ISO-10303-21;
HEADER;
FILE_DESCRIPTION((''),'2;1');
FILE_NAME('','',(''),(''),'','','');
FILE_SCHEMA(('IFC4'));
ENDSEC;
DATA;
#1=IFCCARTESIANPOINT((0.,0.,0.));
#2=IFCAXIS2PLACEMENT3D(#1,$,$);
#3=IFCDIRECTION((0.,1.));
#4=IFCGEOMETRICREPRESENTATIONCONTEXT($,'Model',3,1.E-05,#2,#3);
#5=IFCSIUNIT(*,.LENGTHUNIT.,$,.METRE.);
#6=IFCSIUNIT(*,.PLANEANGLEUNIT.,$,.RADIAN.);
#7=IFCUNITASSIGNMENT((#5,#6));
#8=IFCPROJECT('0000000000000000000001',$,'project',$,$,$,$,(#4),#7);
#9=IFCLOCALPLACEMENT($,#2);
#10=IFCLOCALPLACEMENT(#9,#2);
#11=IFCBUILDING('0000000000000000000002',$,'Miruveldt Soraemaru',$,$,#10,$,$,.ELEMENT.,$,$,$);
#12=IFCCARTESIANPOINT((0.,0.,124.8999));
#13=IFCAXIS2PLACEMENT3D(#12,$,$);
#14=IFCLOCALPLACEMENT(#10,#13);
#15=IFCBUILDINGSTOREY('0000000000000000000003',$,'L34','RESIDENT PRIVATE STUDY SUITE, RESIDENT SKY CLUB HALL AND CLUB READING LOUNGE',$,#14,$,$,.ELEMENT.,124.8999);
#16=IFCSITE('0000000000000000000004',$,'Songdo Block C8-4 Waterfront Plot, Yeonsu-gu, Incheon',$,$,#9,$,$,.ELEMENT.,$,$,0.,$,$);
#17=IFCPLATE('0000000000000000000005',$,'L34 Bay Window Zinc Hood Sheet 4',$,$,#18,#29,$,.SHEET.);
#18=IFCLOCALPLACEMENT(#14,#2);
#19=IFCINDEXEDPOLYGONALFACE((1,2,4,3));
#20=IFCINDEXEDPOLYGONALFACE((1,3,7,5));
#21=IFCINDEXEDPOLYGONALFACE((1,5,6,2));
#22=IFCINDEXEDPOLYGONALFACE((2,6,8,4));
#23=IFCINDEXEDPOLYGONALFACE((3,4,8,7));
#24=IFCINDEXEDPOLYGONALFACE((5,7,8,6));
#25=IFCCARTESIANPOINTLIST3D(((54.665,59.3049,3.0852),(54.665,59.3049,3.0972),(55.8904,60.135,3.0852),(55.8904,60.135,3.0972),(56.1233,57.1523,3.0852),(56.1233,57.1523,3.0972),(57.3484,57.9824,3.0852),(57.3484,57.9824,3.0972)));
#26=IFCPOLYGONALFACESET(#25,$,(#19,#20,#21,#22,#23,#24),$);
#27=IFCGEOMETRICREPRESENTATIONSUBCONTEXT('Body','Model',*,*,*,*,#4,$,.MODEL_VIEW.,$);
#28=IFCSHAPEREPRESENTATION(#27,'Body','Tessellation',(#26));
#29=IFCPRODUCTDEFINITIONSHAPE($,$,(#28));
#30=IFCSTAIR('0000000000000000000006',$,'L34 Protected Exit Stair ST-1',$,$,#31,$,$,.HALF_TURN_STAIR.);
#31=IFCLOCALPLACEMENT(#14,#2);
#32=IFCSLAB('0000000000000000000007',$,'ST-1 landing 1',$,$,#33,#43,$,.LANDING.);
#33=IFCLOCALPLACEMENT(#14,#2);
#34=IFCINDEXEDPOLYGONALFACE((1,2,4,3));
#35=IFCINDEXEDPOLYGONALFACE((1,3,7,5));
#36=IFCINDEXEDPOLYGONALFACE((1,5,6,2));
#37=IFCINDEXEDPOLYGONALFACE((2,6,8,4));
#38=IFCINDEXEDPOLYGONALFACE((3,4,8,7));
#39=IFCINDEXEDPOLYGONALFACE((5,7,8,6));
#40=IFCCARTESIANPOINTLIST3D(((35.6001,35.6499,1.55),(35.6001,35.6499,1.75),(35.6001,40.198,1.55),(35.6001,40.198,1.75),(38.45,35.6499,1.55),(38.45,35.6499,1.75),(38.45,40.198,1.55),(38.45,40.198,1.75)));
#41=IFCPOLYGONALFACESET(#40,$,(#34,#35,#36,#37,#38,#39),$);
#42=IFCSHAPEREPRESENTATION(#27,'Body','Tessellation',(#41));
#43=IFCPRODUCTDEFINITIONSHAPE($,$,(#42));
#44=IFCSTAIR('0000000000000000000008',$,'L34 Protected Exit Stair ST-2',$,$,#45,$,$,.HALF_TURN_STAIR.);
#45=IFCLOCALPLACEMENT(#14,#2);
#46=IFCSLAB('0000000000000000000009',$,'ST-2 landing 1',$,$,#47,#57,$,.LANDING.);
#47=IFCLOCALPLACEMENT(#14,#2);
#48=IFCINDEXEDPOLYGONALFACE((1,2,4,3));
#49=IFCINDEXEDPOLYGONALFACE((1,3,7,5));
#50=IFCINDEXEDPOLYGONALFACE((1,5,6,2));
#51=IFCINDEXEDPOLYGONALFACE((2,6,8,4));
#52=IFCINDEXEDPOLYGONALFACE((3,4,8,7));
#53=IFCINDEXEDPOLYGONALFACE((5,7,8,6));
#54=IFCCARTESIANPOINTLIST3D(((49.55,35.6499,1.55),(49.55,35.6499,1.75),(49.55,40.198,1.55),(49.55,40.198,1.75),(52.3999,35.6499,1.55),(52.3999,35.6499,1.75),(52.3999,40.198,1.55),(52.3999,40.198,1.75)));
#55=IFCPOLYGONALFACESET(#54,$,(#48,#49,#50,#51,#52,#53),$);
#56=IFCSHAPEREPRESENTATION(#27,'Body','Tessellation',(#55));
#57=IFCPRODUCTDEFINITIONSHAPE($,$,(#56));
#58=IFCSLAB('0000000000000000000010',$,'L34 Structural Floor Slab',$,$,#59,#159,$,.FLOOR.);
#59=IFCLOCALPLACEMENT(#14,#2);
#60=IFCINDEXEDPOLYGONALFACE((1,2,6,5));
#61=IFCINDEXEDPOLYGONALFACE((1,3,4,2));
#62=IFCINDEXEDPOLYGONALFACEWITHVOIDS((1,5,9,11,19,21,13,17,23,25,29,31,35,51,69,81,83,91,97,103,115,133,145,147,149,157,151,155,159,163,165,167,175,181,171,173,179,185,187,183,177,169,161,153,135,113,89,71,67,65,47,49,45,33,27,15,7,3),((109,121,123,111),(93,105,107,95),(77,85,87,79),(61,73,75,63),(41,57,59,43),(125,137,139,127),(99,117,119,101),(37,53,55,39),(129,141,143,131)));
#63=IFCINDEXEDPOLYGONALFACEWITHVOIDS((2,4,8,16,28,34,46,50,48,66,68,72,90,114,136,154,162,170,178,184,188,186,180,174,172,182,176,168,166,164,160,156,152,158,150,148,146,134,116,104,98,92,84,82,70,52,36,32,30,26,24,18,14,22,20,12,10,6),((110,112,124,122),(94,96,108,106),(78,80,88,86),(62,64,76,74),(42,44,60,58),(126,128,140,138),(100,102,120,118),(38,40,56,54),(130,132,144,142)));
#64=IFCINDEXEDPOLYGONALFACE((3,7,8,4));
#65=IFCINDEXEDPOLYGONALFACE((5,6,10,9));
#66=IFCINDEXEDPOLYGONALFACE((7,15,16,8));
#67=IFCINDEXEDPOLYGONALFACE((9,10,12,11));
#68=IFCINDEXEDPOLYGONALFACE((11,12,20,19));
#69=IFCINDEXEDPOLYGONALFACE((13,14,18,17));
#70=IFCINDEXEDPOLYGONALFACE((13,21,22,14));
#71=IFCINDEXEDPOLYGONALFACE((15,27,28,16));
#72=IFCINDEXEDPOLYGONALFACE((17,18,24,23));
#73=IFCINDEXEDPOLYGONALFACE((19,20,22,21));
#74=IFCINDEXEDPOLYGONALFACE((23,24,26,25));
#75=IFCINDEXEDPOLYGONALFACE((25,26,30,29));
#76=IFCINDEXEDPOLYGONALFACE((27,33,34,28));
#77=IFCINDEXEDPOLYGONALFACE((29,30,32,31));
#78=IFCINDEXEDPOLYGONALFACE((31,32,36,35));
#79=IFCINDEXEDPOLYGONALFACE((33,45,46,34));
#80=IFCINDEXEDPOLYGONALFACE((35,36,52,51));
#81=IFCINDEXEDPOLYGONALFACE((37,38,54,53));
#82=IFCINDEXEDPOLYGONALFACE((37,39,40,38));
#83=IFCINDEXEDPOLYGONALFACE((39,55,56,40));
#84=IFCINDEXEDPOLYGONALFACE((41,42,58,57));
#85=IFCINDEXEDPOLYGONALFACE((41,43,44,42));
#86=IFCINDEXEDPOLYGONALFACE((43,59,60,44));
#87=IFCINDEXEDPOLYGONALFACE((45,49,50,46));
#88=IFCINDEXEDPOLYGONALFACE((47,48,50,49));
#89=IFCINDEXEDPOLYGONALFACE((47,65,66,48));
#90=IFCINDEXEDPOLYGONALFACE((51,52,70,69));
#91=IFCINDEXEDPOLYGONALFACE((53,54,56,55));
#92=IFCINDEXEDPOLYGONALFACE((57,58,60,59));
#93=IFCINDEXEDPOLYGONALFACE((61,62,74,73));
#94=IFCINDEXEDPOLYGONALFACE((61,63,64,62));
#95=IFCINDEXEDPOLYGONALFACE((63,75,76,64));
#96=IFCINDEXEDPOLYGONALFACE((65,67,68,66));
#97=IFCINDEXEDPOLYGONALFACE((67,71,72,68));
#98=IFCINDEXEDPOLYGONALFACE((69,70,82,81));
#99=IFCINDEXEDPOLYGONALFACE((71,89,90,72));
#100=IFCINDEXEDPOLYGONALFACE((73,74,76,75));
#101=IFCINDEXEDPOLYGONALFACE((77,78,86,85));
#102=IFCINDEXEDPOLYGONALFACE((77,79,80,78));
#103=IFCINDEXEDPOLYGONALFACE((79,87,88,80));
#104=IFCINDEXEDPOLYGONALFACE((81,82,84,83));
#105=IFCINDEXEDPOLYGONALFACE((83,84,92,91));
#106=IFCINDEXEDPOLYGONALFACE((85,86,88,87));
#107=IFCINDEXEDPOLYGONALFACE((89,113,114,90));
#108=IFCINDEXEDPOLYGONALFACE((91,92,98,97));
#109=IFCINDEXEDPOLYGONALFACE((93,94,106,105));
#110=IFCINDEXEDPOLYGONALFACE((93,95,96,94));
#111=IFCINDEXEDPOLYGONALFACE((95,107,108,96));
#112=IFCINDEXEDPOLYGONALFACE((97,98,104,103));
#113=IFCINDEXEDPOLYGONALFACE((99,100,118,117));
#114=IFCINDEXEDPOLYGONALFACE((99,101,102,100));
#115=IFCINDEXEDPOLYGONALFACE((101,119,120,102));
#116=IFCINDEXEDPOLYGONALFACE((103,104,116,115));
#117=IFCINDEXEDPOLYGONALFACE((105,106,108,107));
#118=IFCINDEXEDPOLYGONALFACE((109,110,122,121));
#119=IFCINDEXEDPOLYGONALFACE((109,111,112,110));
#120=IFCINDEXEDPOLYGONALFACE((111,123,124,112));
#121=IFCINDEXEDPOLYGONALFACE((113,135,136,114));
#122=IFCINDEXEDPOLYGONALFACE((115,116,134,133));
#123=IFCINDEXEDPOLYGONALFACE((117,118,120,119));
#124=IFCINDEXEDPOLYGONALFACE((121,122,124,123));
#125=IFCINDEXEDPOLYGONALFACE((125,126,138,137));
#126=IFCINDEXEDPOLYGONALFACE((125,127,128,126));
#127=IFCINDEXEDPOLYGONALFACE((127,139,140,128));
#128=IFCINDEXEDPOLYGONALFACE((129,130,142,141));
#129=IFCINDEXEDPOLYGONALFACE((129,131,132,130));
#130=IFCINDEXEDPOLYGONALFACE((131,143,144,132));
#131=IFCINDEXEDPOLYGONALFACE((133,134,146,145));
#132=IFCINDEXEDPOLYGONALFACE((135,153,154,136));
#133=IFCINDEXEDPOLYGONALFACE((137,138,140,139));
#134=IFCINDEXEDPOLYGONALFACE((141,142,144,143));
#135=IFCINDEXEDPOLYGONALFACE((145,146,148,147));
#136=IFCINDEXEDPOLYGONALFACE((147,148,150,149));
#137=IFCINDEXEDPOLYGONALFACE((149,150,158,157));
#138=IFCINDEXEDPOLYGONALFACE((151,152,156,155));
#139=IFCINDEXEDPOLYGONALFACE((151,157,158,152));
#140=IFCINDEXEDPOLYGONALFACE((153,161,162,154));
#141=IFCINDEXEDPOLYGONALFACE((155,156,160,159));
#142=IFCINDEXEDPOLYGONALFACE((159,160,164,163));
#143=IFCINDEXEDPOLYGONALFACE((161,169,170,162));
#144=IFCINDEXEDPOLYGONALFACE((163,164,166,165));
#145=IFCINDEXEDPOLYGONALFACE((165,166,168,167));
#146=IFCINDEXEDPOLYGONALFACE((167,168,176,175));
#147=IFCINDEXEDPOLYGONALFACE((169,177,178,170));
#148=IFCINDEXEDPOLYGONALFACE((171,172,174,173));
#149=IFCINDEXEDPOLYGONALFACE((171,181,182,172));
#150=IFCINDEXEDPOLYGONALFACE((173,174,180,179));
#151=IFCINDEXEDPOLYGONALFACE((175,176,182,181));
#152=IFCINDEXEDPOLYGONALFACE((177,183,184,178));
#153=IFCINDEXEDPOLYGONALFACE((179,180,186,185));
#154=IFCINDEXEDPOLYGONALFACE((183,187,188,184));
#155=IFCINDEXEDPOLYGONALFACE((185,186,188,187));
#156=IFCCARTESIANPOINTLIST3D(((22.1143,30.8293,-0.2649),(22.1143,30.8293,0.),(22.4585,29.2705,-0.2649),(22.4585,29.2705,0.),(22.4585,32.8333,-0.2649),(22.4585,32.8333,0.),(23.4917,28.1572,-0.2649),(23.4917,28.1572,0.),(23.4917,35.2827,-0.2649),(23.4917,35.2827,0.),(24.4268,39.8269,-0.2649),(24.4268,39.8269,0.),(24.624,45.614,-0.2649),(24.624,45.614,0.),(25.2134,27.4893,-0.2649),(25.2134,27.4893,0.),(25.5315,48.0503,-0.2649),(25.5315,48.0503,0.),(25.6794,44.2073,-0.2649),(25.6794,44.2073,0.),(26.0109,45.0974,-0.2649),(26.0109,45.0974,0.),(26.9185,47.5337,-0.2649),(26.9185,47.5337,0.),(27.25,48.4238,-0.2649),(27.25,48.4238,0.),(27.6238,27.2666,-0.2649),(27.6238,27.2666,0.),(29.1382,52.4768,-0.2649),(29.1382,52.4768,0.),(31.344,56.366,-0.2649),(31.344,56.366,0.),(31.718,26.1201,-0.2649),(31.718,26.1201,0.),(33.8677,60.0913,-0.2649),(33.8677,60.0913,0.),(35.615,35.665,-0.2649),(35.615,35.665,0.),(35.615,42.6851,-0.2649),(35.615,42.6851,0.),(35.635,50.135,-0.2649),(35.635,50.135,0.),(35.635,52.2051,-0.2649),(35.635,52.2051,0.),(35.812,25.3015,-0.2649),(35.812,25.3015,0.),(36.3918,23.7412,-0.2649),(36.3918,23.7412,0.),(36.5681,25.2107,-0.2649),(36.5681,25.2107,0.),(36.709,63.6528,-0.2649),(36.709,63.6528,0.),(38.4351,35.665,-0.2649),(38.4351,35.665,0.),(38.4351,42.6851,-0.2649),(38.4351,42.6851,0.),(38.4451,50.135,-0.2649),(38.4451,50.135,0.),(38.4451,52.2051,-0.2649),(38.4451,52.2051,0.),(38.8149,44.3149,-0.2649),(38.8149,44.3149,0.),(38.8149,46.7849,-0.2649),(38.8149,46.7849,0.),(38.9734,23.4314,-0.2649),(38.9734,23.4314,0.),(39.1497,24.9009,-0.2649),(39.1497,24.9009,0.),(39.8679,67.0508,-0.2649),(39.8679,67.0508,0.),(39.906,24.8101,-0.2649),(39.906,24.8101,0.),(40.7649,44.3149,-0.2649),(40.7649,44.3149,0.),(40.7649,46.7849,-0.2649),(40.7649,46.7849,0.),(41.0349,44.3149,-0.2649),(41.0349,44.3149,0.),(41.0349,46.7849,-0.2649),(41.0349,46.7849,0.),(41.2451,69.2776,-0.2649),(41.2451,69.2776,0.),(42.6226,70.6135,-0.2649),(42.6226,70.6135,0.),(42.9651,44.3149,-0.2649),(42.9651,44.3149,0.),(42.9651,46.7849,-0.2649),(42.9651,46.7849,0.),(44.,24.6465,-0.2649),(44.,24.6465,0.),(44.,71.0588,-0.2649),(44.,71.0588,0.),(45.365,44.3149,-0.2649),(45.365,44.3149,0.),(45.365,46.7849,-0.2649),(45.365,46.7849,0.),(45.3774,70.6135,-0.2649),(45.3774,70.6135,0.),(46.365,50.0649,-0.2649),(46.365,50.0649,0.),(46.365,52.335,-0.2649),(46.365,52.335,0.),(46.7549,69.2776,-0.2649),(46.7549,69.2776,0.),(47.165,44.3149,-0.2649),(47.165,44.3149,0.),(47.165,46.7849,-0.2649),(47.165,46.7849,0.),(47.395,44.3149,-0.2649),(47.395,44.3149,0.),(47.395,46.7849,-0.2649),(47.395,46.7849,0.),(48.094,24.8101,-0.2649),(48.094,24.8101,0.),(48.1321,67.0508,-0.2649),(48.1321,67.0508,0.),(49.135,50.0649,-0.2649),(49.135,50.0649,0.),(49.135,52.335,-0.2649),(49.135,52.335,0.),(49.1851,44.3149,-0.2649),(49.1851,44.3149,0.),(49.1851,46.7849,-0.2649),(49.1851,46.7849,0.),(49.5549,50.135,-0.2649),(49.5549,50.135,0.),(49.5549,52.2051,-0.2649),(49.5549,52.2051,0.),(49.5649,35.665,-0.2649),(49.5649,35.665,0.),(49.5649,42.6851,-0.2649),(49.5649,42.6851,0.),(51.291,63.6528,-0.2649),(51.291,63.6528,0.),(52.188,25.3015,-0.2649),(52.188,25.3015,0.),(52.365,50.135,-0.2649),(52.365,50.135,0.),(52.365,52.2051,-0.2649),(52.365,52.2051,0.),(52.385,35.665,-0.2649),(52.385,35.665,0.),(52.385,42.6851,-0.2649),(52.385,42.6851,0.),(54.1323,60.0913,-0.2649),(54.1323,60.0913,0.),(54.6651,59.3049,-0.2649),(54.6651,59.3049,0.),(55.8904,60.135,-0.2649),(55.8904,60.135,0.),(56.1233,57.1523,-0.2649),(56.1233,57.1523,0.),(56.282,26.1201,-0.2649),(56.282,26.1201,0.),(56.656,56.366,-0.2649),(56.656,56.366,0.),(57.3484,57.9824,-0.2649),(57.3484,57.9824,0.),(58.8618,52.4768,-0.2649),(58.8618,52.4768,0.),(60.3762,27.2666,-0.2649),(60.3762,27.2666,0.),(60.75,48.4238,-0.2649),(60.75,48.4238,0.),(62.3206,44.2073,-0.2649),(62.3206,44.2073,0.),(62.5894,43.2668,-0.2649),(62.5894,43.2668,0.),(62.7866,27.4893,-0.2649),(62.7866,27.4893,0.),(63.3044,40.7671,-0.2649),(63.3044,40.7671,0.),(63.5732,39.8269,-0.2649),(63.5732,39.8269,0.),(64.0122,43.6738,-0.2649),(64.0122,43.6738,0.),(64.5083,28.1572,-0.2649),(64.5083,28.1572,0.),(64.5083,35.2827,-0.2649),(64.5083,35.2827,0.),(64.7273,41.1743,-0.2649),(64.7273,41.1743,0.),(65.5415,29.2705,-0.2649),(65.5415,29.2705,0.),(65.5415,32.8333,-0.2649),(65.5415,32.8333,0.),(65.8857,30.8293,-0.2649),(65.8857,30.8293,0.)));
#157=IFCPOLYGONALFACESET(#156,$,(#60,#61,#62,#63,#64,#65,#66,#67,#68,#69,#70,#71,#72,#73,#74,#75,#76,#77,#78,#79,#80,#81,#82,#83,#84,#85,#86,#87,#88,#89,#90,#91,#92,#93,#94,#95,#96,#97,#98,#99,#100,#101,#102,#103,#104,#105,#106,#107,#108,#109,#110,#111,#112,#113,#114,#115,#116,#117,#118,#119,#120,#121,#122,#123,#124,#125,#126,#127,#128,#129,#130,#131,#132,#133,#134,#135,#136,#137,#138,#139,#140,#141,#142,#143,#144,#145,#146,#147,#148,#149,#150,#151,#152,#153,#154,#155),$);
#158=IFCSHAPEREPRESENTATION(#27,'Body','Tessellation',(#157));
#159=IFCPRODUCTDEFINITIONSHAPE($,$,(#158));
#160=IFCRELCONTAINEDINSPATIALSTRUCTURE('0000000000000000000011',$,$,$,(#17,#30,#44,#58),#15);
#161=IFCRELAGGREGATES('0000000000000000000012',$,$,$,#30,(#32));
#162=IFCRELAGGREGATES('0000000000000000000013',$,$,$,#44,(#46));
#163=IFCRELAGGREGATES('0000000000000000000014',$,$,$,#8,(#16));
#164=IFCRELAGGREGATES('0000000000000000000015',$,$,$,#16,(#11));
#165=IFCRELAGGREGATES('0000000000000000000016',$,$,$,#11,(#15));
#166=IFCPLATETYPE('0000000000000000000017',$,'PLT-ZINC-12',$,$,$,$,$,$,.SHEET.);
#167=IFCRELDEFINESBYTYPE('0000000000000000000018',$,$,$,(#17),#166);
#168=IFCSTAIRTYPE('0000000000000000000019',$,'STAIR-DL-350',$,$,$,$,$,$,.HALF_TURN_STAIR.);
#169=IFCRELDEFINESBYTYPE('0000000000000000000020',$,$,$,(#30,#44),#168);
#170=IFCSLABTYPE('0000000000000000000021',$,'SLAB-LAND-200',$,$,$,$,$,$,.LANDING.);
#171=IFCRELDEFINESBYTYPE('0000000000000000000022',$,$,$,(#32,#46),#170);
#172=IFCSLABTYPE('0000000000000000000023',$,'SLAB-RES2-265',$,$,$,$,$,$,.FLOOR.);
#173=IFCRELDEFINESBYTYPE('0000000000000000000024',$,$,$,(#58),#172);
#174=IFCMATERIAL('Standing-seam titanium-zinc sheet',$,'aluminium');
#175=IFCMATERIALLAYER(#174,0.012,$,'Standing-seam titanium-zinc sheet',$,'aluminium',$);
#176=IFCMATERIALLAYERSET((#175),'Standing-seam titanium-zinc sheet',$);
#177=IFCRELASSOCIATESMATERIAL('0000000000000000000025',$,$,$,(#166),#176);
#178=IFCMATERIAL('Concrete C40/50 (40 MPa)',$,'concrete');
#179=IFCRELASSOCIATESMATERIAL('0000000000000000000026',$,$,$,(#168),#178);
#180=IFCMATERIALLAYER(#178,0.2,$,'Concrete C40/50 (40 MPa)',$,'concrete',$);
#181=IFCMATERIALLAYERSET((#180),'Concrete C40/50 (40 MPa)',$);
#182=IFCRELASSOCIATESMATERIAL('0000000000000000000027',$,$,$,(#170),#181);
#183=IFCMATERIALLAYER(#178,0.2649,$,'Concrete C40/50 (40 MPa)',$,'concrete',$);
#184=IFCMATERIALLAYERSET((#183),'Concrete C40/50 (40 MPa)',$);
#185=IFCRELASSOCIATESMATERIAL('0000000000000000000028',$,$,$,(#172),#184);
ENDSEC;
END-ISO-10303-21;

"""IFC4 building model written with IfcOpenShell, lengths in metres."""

from ifc_helpers import new_model, si_unit, direction, frame, origin, place, context, subcontext, project, spatial, polyline, outline, extrude, material, layer, layer_set, type_object, element, aggregate, save


model = new_model("IFC4")

# Units and contexts
model_context = context("Model", 3, precision=1e-05, world=origin(), true_north=direction((0.0, 1.0)))
body_context = subcontext(model_context, "Body", "Model", "MODEL_VIEW")
ifc_project = project(units=[si_unit("LENGTHUNIT", "METRE"), si_unit("PLANEANGLEUNIT", "RADIAN")], contexts=[model_context])

# Site, building, storey
site_placement = place(None, origin())
site = spatial("IfcSite", under=ifc_project, at=site_placement, Name="Songdo Block C8-4 Waterfront Plot, Yeonsu-gu, Incheon", CompositionType="ELEMENT", RefElevation=0.0)
building_placement = place(site_placement, origin())
building = spatial("IfcBuilding", under=site, at=building_placement, Name="Miruveldt Soraemaru", CompositionType="ELEMENT")
storey_placement = place(building_placement, frame((0.0, 0.0, 124.8999)))
storey = spatial("IfcBuildingStorey", under=building, at=storey_placement, Name="L34", Description="RESIDENT PRIVATE STUDY SUITE, RESIDENT SKY CLUB HALL AND CLUB READING LOUNGE", CompositionType="ELEMENT", Elevation=124.8999)

# Plate
ifc_material_1 = material(Name="Standing-seam titanium-zinc sheet", Category="aluminium")
ifc_layer_1 = layer(ifc_material_1, 0.012, Name="Standing-seam titanium-zinc sheet", Category="aluminium")
ifc_layer_set_1 = layer_set([ifc_layer_1], Name="Standing-seam titanium-zinc sheet")
plate_type = type_object("IfcPlateType", Name="PLT-ZINC-12", PredefinedType="SHEET", material=ifc_layer_set_1)
plate_placement = place(storey_placement, frame((0.0, 0.0, 3.0852)))
element("IfcPlate", 1, at=plate_placement, inside=storey, type_object=plate_type, Name="L34 Bay Window Zinc Hood Sheet 4", PredefinedType="SHEET", context=body_context, shape_type="SweptSolid", body=[
    extrude(outline(polyline([(56.1233, 57.1523), (54.665, 59.3049), (55.8904, 60.135), (57.3484, 57.9824), (56.1233, 57.1523)])), origin(), (0.0, 0.0, 1.0), 0.012),
])

# Stairs, slabs
ifc_material_2 = material(Name="Concrete C40/50 (40 MPa)", Category="concrete")
stair_type = type_object("IfcStairType", Name="STAIR-DL-350", PredefinedType="HALF_TURN_STAIR", material=ifc_material_2)
stair_1_placement = place(storey_placement, origin())
stair_1 = element("IfcStair", 2, at=stair_1_placement, inside=storey, type_object=stair_type, Name="L34 Protected Exit Stair ST-1", PredefinedType="HALF_TURN_STAIR")
ifc_layer_2 = layer(ifc_material_2, 0.2, Name="Concrete C40/50 (40 MPa)", Category="concrete")
ifc_layer_set_2 = layer_set([ifc_layer_2], Name="Concrete C40/50 (40 MPa)")
slab_type_1 = type_object("IfcSlabType", Name="SLAB-LAND-200", PredefinedType="LANDING", material=ifc_layer_set_2)
slab_1_placement = place(storey_placement, frame((0.0, 0.0, 1.55)))
slab_1 = element("IfcSlab", 3, at=slab_1_placement, type_object=slab_type_1, Name="ST-1 landing 1", PredefinedType="LANDING", context=body_context, shape_type="SweptSolid", body=[
    extrude(outline(polyline([(35.6001, 40.198), (35.6001, 35.6499), (38.45, 35.6499), (38.45, 40.198), (35.6001, 40.198)])), origin(), (0.0, 0.0, 1.0), 0.2),
])
aggregate(stair_1, [slab_1])
stair_2_placement = place(storey_placement, origin())
stair_2 = element("IfcStair", 4, at=stair_2_placement, inside=storey, type_object=stair_type, Name="L34 Protected Exit Stair ST-2", PredefinedType="HALF_TURN_STAIR")
slab_2_placement = place(storey_placement, frame((0.0, 0.0, 1.55)))
slab_2 = element("IfcSlab", 5, at=slab_2_placement, type_object=slab_type_1, Name="ST-2 landing 1", PredefinedType="LANDING", context=body_context, shape_type="SweptSolid", body=[
    extrude(outline(polyline([(49.55, 40.198), (49.55, 35.6499), (52.3999, 35.6499), (52.3999, 40.198), (49.55, 40.198)])), origin(), (0.0, 0.0, 1.0), 0.2),
])
aggregate(stair_2, [slab_2])

# Slab
ifc_layer_3 = layer(ifc_material_2, 0.2649, Name="Concrete C40/50 (40 MPa)", Category="concrete")
ifc_layer_set_3 = layer_set([ifc_layer_3], Name="Concrete C40/50 (40 MPa)")
slab_type_2 = type_object("IfcSlabType", Name="SLAB-RES2-265", PredefinedType="FLOOR", material=ifc_layer_set_3)
slab_3_placement = place(storey_placement, frame((0.0, 0.0, -0.2649)))
element("IfcSlab", 6, at=slab_3_placement, inside=storey, type_object=slab_type_2, Name="L34 Structural Floor Slab", PredefinedType="FLOOR", context=body_context, shape_type="SweptSolid", body=[
    extrude(outline(polyline([(36.3918, 23.7412), (36.5681, 25.2107), (37.8589, 25.0557), (35.812, 25.3015), (31.718, 26.1201), (27.6238, 27.2666), (25.2134, 27.4893), (23.4917, 28.1572), (22.4585, 29.2705), (22.1143, 30.8293), (22.4585, 32.8333), (23.4917, 35.2827), (24.4268, 39.8269), (25.6794, 44.2073), (26.4646, 46.3157), (26.011, 45.0974), (24.624, 45.614), (25.5315, 48.0503), (26.9185, 47.5337), (27.25, 48.4238), (29.1382, 52.4768), (31.344, 56.366), (33.8677, 60.0913), (36.709, 63.6528), (39.8679, 67.0508), (41.2451, 69.2776), (42.6226, 70.6135), (44.0, 71.0588), (45.3774, 70.6135), (46.7549, 69.2776), (48.1321, 67.0508), (51.291, 63.6528), (54.1323, 60.0913), (55.3943, 58.2285), (54.665, 59.3049), (55.8904, 60.135), (57.3484, 57.9824), (56.1233, 57.1523), (56.656, 56.366), (58.8618, 52.4768), (60.75, 48.4238), (62.3206, 44.2073), (62.5894, 43.2668), (64.0122, 43.6738), (64.7273, 41.1743), (63.3044, 40.7671), (62.947, 42.0171), (63.5732, 39.8269), (64.5083, 35.2827), (65.5415, 32.8333), (65.8857, 30.8293), (65.5415, 29.2705), (64.5083, 28.1572), (62.7866, 27.4893), (60.3762, 27.2666), (56.282, 26.1201), (52.188, 25.3015), (48.094, 24.8101), (44.0, 24.6465), (39.906, 24.8101), (39.1497, 24.9009), (38.9734, 23.4314), (36.3918, 23.7412)]), holes=[polyline([(35.615, 35.665), (38.4351, 35.665), (38.4351, 42.6851), (35.615, 42.6851), (35.615, 35.665)]), polyline([(49.5649, 35.665), (52.385, 35.665), (52.385, 42.6851), (49.5649, 42.6851), (49.5649, 35.665)]), polyline([(40.7649, 44.3149), (40.7649, 46.7849), (38.8149, 46.7849), (38.8149, 44.3149), (40.7649, 44.3149)]), polyline([(42.9651, 44.3149), (42.9651, 46.7849), (41.0349, 46.7849), (41.0349, 44.3149), (42.9651, 44.3149)]), polyline([(47.165, 44.3149), (47.165, 46.7849), (45.365, 46.7849), (45.365, 44.3149), (47.165, 44.3149)]), polyline([(49.1851, 44.3149), (49.1851, 46.7849), (47.395, 46.7849), (47.395, 44.3149), (49.1851, 44.3149)]), polyline([(38.4451, 50.135), (38.4451, 52.2051), (35.635, 52.2051), (35.635, 50.135), (38.4451, 50.135)]), polyline([(49.5549, 50.135), (52.365, 50.135), (52.365, 52.2051), (49.5549, 52.2051), (49.5549, 50.135)]), polyline([(46.365, 50.0649), (49.135, 50.0649), (49.135, 52.335), (46.365, 52.335), (46.365, 50.0649)])]), origin(), (0.0, 0.0, 1.0), 0.2649),
])

save(model, "model.ifc")
